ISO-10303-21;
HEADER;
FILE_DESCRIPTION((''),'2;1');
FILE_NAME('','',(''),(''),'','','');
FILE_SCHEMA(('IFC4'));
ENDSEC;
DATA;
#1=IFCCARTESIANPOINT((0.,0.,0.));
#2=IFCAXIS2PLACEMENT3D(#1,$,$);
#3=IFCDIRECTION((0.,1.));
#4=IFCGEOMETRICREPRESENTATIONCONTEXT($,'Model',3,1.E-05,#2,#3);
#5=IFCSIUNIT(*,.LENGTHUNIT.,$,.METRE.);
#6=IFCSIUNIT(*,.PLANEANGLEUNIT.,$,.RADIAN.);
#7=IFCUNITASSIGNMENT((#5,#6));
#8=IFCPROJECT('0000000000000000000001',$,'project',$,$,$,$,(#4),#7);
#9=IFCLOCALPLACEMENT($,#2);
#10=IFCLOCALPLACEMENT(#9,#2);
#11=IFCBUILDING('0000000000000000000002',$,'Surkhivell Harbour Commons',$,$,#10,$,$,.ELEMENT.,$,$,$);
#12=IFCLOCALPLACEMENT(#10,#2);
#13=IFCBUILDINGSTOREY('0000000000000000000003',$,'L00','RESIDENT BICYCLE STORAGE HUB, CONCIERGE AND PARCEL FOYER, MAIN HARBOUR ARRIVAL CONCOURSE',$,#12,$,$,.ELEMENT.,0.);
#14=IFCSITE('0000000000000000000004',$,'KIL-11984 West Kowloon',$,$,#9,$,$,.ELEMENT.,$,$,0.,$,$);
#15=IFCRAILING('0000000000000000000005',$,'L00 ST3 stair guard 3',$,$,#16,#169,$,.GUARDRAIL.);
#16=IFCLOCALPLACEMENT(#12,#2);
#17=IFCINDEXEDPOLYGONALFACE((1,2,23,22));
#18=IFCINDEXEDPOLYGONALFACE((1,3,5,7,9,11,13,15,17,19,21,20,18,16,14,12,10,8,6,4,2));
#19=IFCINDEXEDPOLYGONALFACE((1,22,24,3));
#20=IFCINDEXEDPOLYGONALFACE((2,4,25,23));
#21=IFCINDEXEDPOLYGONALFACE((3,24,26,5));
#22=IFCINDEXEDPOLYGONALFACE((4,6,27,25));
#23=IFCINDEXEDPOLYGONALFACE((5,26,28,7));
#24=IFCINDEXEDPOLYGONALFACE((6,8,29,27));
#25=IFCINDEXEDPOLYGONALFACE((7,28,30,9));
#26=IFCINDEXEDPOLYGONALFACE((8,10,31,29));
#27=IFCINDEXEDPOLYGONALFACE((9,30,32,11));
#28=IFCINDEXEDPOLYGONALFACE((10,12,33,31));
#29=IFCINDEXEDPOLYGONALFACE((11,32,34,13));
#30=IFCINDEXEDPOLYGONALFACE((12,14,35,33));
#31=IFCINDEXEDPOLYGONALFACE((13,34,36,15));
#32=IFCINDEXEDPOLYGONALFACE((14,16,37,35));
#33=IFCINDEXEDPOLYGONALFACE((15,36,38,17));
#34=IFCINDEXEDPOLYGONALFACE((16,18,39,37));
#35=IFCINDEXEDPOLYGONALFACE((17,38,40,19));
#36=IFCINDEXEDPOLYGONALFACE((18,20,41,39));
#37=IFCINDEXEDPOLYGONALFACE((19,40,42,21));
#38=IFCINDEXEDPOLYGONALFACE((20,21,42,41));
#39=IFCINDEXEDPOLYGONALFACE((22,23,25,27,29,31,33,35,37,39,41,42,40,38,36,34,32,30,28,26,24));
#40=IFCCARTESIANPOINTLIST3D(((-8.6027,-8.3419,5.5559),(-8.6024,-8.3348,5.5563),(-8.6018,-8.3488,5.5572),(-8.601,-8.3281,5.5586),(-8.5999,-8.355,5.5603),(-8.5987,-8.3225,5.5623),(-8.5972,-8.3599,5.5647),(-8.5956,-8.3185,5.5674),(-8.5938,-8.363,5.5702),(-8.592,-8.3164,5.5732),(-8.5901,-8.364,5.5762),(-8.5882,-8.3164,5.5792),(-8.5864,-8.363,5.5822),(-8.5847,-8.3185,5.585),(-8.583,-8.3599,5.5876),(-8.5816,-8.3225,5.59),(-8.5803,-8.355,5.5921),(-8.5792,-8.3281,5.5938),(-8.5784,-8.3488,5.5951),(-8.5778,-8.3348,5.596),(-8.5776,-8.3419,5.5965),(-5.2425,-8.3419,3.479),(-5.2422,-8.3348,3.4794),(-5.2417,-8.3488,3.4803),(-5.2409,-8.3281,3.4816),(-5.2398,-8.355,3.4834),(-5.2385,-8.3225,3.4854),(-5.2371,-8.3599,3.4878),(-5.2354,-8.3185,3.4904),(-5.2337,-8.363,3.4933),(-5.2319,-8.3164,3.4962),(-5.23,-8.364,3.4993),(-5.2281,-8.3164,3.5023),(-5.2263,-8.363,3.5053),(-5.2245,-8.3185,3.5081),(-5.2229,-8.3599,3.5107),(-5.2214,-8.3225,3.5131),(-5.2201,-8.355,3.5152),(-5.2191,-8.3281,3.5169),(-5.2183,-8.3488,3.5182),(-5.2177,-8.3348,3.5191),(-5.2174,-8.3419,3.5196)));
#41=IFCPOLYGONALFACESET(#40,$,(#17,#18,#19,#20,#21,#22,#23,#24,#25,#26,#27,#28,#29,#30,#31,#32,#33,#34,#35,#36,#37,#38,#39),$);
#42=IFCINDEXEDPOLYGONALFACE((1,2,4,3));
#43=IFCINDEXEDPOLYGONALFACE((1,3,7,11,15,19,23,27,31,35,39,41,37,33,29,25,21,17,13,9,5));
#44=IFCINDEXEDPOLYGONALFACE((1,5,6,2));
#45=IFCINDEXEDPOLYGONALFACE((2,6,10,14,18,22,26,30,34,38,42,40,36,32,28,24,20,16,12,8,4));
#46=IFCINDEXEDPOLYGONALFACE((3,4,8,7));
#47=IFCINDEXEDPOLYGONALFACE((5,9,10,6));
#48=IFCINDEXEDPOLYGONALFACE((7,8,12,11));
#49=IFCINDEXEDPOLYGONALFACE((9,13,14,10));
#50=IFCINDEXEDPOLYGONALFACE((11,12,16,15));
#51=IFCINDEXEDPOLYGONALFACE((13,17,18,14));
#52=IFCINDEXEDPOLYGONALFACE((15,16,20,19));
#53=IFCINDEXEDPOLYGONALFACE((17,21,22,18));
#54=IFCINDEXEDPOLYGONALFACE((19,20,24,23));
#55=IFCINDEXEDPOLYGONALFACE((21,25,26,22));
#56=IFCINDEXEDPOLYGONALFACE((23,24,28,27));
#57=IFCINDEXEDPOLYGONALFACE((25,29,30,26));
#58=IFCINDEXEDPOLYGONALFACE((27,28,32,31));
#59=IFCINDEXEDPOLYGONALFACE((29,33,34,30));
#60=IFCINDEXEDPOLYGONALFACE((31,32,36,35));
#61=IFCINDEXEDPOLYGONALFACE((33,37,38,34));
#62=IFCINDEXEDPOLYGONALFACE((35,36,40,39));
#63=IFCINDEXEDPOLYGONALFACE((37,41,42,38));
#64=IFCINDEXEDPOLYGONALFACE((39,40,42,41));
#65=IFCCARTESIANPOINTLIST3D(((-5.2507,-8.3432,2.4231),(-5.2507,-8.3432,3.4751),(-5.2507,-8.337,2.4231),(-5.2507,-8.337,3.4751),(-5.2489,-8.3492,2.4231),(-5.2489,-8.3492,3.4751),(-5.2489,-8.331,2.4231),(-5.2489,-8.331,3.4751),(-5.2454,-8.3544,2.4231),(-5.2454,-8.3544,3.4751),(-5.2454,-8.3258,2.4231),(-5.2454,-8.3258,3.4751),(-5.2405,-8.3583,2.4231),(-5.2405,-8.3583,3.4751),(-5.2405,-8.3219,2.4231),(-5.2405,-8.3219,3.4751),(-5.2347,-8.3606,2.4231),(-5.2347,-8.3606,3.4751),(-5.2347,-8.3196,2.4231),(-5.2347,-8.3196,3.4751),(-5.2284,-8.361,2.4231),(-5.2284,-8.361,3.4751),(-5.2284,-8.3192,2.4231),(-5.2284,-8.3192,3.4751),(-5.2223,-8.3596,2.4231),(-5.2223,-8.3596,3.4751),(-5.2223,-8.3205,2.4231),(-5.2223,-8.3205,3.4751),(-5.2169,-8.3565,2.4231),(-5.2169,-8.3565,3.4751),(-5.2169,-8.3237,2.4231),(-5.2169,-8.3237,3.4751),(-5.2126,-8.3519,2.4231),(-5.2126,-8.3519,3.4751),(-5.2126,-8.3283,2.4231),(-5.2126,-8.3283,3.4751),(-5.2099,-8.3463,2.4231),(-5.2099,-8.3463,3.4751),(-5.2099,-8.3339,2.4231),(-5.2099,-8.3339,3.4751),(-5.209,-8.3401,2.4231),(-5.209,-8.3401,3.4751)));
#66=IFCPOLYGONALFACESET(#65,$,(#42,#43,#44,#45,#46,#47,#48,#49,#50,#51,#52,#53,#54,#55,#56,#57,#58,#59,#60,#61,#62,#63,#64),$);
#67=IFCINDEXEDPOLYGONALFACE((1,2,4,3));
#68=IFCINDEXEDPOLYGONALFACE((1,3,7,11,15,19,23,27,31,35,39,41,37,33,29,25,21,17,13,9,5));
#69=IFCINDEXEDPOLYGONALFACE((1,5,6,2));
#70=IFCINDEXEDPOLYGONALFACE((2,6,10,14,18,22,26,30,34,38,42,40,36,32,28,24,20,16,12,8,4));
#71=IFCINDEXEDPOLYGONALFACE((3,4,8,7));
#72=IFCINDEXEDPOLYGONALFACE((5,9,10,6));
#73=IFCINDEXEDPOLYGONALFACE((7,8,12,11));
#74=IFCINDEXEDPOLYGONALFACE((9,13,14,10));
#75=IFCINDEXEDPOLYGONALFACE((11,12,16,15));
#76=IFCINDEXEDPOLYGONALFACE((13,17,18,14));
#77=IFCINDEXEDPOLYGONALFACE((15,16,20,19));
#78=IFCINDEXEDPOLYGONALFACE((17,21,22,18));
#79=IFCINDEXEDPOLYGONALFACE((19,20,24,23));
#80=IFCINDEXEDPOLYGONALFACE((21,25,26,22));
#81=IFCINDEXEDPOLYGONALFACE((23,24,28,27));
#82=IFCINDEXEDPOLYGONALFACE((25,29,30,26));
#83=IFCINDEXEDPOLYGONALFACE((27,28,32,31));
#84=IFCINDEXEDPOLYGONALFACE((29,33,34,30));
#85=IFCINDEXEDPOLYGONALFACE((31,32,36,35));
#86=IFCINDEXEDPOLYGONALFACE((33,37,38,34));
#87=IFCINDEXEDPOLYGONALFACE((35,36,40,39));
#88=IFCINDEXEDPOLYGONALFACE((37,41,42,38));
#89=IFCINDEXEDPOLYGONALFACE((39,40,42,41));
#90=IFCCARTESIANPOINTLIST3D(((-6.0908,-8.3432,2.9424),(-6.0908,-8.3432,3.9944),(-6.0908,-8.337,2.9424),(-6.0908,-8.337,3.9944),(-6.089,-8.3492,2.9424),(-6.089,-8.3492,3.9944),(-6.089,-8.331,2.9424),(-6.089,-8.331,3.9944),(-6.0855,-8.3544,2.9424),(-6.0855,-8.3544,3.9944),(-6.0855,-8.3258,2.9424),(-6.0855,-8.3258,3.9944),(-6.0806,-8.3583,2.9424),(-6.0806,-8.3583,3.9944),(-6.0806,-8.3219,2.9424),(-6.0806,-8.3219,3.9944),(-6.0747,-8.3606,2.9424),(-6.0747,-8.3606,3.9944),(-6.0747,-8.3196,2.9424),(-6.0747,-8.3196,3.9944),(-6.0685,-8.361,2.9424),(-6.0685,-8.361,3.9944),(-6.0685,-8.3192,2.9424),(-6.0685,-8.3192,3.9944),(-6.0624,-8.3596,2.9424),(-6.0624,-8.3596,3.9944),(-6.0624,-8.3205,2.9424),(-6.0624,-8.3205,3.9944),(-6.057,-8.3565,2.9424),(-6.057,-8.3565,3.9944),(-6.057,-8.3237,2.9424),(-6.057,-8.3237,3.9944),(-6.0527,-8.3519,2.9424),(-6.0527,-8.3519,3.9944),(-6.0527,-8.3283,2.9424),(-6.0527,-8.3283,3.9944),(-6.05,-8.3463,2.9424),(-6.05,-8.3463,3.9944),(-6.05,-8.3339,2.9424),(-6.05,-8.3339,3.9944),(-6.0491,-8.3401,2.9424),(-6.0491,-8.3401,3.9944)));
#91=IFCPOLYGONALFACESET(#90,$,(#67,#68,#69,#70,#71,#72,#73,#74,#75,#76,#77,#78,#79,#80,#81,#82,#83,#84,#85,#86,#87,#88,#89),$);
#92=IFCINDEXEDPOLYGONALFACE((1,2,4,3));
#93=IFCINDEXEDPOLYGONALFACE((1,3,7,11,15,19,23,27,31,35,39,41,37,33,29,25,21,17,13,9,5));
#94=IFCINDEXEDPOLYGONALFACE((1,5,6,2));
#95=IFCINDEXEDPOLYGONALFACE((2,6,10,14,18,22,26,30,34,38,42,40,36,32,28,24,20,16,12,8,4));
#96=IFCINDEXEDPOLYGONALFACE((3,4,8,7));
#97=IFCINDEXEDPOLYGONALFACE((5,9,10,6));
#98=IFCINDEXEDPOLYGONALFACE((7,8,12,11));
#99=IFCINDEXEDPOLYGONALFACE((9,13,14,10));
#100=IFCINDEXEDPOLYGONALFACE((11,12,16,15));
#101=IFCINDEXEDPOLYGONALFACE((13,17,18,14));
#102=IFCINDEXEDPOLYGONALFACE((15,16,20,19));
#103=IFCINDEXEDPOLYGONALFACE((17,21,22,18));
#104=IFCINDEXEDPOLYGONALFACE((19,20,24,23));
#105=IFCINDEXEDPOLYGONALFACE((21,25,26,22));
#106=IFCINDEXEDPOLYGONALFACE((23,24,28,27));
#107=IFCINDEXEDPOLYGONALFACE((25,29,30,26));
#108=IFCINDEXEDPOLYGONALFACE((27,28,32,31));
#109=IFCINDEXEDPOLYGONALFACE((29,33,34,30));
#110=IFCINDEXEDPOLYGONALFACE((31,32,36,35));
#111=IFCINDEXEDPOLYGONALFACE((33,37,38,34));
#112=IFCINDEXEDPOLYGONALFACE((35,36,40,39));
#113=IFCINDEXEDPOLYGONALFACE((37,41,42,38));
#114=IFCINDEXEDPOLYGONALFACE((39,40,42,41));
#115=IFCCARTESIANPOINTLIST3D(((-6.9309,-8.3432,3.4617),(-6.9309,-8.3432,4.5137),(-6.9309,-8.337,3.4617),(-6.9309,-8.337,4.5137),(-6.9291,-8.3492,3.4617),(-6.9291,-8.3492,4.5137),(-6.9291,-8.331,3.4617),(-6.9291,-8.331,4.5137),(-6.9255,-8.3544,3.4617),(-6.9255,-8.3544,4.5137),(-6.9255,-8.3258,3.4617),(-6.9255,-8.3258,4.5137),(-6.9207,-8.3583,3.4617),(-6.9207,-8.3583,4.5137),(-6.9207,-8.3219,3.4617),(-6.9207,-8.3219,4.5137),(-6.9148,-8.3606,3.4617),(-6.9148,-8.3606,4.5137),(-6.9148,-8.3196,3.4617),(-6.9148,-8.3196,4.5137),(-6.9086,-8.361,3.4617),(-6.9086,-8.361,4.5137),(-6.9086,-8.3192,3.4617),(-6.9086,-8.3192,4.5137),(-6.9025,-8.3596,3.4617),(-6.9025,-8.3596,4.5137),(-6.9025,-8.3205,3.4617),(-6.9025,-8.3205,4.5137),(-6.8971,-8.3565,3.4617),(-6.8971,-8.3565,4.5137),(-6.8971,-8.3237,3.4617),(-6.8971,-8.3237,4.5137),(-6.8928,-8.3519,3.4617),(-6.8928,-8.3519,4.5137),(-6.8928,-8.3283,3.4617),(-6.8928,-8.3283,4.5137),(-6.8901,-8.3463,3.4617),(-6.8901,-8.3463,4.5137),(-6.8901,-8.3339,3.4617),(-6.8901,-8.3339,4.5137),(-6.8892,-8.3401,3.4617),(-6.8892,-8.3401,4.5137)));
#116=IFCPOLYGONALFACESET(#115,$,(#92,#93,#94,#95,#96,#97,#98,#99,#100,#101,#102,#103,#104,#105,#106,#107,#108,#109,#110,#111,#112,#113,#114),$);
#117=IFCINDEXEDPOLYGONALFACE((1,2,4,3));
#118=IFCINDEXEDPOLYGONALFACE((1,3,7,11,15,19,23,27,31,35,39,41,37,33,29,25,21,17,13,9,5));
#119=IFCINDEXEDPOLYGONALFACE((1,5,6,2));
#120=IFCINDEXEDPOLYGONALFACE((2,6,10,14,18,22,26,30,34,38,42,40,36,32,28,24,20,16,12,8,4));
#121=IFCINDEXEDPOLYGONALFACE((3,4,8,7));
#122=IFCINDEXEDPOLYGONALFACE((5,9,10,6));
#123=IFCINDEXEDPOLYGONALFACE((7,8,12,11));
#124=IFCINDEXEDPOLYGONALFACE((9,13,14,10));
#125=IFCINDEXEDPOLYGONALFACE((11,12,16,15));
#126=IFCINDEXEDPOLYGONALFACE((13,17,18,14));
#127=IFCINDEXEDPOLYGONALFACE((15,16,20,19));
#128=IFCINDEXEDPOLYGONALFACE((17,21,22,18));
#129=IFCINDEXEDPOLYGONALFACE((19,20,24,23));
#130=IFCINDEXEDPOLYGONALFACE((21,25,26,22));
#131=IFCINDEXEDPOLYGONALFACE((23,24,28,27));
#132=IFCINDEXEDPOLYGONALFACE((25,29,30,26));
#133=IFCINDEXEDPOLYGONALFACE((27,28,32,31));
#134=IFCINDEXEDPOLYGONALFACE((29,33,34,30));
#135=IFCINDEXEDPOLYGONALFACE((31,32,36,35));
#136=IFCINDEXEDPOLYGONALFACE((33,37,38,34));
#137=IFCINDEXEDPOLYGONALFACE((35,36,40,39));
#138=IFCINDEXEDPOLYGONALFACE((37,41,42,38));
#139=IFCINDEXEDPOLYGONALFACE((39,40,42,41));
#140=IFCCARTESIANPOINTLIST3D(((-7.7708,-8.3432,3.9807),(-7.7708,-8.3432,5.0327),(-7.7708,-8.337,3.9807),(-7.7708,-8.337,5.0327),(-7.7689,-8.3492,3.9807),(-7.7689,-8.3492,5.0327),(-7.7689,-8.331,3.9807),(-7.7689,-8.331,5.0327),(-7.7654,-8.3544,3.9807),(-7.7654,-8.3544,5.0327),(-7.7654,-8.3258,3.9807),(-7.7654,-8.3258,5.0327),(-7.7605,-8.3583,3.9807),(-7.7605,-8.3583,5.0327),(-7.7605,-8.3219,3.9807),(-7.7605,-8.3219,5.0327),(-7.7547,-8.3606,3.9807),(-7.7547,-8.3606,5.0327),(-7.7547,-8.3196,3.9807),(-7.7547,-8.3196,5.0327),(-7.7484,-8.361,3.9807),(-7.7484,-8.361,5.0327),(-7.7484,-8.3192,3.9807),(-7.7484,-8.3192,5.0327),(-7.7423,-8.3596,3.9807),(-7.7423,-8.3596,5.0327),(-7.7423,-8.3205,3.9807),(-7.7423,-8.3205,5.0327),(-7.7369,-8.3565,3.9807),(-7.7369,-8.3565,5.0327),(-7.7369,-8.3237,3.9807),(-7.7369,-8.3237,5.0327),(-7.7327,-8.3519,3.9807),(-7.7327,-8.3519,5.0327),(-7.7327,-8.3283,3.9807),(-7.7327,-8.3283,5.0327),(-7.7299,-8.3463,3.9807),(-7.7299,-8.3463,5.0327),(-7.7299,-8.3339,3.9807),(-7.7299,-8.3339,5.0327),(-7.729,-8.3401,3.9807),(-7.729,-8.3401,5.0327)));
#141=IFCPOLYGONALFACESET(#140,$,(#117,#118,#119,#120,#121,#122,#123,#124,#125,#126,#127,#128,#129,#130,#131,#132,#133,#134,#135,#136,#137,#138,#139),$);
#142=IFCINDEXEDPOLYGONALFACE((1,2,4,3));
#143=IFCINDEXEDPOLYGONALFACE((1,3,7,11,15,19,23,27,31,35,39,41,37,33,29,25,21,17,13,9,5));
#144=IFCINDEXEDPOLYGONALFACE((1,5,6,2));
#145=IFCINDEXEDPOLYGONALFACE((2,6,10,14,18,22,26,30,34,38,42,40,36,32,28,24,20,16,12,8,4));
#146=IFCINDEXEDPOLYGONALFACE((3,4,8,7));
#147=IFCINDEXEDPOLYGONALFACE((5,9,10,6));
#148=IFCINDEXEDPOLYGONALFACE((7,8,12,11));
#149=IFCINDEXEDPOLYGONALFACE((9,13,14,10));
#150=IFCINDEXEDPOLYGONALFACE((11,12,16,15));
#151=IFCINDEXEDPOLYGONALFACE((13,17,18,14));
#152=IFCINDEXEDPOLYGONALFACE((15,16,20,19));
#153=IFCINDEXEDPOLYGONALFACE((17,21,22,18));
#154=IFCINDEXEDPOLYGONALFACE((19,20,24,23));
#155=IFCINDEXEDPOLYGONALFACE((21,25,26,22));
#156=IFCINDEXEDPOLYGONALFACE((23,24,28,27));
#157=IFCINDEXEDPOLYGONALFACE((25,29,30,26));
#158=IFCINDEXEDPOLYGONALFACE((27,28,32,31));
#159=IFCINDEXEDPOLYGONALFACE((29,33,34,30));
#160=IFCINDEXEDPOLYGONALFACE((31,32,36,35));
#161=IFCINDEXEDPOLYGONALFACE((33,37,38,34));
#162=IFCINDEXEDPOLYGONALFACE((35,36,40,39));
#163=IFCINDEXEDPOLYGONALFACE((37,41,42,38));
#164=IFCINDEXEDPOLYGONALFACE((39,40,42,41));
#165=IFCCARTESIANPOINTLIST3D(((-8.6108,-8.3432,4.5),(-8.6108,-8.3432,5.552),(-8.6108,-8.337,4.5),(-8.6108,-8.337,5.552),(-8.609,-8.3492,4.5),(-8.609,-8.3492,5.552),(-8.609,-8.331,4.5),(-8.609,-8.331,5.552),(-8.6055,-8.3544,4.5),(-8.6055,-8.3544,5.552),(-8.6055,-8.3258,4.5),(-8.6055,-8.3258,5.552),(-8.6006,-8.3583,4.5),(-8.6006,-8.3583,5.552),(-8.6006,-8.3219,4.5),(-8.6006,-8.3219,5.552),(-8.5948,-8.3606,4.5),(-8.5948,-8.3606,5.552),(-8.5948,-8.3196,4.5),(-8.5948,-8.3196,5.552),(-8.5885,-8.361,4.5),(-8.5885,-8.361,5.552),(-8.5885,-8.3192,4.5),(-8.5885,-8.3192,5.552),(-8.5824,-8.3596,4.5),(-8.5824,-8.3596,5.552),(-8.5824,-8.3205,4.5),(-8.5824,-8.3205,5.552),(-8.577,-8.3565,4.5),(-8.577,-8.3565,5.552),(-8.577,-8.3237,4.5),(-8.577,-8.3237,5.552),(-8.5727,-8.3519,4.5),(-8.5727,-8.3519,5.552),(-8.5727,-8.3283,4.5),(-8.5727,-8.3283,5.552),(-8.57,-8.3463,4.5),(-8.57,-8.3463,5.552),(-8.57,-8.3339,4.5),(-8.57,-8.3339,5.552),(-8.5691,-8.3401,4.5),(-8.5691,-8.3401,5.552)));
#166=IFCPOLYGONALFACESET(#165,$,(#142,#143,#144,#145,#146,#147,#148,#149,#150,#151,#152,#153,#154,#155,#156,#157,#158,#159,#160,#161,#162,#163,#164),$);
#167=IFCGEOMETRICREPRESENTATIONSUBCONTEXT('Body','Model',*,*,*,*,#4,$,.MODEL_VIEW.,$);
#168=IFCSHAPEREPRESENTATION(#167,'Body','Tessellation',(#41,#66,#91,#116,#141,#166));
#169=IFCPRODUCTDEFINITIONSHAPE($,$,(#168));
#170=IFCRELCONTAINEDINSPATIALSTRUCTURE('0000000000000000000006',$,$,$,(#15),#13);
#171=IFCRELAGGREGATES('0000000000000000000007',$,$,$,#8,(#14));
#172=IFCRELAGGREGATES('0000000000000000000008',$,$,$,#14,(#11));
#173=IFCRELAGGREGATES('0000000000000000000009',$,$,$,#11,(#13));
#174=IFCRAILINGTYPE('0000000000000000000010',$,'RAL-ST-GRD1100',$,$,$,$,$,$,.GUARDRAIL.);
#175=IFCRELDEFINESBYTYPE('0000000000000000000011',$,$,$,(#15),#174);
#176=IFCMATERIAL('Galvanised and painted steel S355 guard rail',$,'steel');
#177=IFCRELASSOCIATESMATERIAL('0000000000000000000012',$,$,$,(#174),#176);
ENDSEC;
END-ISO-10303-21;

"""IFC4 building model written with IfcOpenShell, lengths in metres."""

from ifc_helpers import new_model, si_unit, direction, frame, origin, origin_2d, place, context, subcontext, project, spatial, circle, extrude, material, type_object, element, save


model = new_model("IFC4")

# Units and contexts
model_context = context("Model", 3, precision=1e-05, world=origin(), true_north=direction((0.0, 1.0)))
body_context = subcontext(model_context, "Body", "Model", "MODEL_VIEW")
ifc_project = project(units=[si_unit("LENGTHUNIT", "METRE"), si_unit("PLANEANGLEUNIT", "RADIAN")], contexts=[model_context])

# Site, building, storey
site_placement = place(None, origin())
site = spatial("IfcSite", under=ifc_project, at=site_placement, Name="KIL-11984 West Kowloon", CompositionType="ELEMENT", RefElevation=0.0)
building_placement = place(site_placement, origin())
building = spatial("IfcBuilding", under=site, at=building_placement, Name="Surkhivell Harbour Commons", CompositionType="ELEMENT")
storey_placement = place(building_placement, origin())
storey = spatial("IfcBuildingStorey", under=building, at=storey_placement, Name="L00", Description="RESIDENT BICYCLE STORAGE HUB, CONCIERGE AND PARCEL FOYER, MAIN HARBOUR ARRIVAL CONCOURSE", CompositionType="ELEMENT", Elevation=0.0)

# Railing
ifc_material_1 = material(Name="Galvanised and painted steel S355 guard rail", Category="steel")
railing_type_1 = type_object("IfcRailingType", Name="RAL-ST-GRD1100", PredefinedType="GUARDRAIL", material=ifc_material_1)
railing_1_placement = place(storey_placement, frame((-5.23, -8.3401, 2.4231)))
element("IfcRailing", 1, at=railing_1_placement, inside=storey, type_object=railing_type_1, Name="L00 ST3 stair guard 3", PredefinedType="GUARDRAIL", context=body_context, shape_type="SweptSolid", body=[
    extrude(circle(Radius=0.0239, at=origin_2d()), frame((0.0, 0.0, 1.0762), z_axis=(-0.850623, 0.0, 0.525776), x_axis=(0.0, -1.0, 0.0)), (0.0, 0.0, 1.0), 3.9502),
    extrude(circle(Radius=0.021, at=origin_2d()), origin(), (0.0, 0.0, 1.0), 1.052),
    extrude(circle(Radius=0.021, at=origin_2d()), frame((-0.8401, 0.0, 0.5193)), (0.0, 0.0, 1.0), 1.052),
    extrude(circle(Radius=0.021, at=origin_2d()), frame((-1.6802, 0.0, 1.0386)), (0.0, 0.0, 1.0), 1.052),
    extrude(circle(Radius=0.021, at=origin_2d()), frame((-2.52, 0.0, 1.5576)), (0.0, 0.0, 1.0), 1.052),
    extrude(circle(Radius=0.021, at=origin_2d()), frame((-3.3601, 0.0, 2.0769)), (0.0, 0.0, 1.0), 1.052),
])

save(model, "model.ifc")
